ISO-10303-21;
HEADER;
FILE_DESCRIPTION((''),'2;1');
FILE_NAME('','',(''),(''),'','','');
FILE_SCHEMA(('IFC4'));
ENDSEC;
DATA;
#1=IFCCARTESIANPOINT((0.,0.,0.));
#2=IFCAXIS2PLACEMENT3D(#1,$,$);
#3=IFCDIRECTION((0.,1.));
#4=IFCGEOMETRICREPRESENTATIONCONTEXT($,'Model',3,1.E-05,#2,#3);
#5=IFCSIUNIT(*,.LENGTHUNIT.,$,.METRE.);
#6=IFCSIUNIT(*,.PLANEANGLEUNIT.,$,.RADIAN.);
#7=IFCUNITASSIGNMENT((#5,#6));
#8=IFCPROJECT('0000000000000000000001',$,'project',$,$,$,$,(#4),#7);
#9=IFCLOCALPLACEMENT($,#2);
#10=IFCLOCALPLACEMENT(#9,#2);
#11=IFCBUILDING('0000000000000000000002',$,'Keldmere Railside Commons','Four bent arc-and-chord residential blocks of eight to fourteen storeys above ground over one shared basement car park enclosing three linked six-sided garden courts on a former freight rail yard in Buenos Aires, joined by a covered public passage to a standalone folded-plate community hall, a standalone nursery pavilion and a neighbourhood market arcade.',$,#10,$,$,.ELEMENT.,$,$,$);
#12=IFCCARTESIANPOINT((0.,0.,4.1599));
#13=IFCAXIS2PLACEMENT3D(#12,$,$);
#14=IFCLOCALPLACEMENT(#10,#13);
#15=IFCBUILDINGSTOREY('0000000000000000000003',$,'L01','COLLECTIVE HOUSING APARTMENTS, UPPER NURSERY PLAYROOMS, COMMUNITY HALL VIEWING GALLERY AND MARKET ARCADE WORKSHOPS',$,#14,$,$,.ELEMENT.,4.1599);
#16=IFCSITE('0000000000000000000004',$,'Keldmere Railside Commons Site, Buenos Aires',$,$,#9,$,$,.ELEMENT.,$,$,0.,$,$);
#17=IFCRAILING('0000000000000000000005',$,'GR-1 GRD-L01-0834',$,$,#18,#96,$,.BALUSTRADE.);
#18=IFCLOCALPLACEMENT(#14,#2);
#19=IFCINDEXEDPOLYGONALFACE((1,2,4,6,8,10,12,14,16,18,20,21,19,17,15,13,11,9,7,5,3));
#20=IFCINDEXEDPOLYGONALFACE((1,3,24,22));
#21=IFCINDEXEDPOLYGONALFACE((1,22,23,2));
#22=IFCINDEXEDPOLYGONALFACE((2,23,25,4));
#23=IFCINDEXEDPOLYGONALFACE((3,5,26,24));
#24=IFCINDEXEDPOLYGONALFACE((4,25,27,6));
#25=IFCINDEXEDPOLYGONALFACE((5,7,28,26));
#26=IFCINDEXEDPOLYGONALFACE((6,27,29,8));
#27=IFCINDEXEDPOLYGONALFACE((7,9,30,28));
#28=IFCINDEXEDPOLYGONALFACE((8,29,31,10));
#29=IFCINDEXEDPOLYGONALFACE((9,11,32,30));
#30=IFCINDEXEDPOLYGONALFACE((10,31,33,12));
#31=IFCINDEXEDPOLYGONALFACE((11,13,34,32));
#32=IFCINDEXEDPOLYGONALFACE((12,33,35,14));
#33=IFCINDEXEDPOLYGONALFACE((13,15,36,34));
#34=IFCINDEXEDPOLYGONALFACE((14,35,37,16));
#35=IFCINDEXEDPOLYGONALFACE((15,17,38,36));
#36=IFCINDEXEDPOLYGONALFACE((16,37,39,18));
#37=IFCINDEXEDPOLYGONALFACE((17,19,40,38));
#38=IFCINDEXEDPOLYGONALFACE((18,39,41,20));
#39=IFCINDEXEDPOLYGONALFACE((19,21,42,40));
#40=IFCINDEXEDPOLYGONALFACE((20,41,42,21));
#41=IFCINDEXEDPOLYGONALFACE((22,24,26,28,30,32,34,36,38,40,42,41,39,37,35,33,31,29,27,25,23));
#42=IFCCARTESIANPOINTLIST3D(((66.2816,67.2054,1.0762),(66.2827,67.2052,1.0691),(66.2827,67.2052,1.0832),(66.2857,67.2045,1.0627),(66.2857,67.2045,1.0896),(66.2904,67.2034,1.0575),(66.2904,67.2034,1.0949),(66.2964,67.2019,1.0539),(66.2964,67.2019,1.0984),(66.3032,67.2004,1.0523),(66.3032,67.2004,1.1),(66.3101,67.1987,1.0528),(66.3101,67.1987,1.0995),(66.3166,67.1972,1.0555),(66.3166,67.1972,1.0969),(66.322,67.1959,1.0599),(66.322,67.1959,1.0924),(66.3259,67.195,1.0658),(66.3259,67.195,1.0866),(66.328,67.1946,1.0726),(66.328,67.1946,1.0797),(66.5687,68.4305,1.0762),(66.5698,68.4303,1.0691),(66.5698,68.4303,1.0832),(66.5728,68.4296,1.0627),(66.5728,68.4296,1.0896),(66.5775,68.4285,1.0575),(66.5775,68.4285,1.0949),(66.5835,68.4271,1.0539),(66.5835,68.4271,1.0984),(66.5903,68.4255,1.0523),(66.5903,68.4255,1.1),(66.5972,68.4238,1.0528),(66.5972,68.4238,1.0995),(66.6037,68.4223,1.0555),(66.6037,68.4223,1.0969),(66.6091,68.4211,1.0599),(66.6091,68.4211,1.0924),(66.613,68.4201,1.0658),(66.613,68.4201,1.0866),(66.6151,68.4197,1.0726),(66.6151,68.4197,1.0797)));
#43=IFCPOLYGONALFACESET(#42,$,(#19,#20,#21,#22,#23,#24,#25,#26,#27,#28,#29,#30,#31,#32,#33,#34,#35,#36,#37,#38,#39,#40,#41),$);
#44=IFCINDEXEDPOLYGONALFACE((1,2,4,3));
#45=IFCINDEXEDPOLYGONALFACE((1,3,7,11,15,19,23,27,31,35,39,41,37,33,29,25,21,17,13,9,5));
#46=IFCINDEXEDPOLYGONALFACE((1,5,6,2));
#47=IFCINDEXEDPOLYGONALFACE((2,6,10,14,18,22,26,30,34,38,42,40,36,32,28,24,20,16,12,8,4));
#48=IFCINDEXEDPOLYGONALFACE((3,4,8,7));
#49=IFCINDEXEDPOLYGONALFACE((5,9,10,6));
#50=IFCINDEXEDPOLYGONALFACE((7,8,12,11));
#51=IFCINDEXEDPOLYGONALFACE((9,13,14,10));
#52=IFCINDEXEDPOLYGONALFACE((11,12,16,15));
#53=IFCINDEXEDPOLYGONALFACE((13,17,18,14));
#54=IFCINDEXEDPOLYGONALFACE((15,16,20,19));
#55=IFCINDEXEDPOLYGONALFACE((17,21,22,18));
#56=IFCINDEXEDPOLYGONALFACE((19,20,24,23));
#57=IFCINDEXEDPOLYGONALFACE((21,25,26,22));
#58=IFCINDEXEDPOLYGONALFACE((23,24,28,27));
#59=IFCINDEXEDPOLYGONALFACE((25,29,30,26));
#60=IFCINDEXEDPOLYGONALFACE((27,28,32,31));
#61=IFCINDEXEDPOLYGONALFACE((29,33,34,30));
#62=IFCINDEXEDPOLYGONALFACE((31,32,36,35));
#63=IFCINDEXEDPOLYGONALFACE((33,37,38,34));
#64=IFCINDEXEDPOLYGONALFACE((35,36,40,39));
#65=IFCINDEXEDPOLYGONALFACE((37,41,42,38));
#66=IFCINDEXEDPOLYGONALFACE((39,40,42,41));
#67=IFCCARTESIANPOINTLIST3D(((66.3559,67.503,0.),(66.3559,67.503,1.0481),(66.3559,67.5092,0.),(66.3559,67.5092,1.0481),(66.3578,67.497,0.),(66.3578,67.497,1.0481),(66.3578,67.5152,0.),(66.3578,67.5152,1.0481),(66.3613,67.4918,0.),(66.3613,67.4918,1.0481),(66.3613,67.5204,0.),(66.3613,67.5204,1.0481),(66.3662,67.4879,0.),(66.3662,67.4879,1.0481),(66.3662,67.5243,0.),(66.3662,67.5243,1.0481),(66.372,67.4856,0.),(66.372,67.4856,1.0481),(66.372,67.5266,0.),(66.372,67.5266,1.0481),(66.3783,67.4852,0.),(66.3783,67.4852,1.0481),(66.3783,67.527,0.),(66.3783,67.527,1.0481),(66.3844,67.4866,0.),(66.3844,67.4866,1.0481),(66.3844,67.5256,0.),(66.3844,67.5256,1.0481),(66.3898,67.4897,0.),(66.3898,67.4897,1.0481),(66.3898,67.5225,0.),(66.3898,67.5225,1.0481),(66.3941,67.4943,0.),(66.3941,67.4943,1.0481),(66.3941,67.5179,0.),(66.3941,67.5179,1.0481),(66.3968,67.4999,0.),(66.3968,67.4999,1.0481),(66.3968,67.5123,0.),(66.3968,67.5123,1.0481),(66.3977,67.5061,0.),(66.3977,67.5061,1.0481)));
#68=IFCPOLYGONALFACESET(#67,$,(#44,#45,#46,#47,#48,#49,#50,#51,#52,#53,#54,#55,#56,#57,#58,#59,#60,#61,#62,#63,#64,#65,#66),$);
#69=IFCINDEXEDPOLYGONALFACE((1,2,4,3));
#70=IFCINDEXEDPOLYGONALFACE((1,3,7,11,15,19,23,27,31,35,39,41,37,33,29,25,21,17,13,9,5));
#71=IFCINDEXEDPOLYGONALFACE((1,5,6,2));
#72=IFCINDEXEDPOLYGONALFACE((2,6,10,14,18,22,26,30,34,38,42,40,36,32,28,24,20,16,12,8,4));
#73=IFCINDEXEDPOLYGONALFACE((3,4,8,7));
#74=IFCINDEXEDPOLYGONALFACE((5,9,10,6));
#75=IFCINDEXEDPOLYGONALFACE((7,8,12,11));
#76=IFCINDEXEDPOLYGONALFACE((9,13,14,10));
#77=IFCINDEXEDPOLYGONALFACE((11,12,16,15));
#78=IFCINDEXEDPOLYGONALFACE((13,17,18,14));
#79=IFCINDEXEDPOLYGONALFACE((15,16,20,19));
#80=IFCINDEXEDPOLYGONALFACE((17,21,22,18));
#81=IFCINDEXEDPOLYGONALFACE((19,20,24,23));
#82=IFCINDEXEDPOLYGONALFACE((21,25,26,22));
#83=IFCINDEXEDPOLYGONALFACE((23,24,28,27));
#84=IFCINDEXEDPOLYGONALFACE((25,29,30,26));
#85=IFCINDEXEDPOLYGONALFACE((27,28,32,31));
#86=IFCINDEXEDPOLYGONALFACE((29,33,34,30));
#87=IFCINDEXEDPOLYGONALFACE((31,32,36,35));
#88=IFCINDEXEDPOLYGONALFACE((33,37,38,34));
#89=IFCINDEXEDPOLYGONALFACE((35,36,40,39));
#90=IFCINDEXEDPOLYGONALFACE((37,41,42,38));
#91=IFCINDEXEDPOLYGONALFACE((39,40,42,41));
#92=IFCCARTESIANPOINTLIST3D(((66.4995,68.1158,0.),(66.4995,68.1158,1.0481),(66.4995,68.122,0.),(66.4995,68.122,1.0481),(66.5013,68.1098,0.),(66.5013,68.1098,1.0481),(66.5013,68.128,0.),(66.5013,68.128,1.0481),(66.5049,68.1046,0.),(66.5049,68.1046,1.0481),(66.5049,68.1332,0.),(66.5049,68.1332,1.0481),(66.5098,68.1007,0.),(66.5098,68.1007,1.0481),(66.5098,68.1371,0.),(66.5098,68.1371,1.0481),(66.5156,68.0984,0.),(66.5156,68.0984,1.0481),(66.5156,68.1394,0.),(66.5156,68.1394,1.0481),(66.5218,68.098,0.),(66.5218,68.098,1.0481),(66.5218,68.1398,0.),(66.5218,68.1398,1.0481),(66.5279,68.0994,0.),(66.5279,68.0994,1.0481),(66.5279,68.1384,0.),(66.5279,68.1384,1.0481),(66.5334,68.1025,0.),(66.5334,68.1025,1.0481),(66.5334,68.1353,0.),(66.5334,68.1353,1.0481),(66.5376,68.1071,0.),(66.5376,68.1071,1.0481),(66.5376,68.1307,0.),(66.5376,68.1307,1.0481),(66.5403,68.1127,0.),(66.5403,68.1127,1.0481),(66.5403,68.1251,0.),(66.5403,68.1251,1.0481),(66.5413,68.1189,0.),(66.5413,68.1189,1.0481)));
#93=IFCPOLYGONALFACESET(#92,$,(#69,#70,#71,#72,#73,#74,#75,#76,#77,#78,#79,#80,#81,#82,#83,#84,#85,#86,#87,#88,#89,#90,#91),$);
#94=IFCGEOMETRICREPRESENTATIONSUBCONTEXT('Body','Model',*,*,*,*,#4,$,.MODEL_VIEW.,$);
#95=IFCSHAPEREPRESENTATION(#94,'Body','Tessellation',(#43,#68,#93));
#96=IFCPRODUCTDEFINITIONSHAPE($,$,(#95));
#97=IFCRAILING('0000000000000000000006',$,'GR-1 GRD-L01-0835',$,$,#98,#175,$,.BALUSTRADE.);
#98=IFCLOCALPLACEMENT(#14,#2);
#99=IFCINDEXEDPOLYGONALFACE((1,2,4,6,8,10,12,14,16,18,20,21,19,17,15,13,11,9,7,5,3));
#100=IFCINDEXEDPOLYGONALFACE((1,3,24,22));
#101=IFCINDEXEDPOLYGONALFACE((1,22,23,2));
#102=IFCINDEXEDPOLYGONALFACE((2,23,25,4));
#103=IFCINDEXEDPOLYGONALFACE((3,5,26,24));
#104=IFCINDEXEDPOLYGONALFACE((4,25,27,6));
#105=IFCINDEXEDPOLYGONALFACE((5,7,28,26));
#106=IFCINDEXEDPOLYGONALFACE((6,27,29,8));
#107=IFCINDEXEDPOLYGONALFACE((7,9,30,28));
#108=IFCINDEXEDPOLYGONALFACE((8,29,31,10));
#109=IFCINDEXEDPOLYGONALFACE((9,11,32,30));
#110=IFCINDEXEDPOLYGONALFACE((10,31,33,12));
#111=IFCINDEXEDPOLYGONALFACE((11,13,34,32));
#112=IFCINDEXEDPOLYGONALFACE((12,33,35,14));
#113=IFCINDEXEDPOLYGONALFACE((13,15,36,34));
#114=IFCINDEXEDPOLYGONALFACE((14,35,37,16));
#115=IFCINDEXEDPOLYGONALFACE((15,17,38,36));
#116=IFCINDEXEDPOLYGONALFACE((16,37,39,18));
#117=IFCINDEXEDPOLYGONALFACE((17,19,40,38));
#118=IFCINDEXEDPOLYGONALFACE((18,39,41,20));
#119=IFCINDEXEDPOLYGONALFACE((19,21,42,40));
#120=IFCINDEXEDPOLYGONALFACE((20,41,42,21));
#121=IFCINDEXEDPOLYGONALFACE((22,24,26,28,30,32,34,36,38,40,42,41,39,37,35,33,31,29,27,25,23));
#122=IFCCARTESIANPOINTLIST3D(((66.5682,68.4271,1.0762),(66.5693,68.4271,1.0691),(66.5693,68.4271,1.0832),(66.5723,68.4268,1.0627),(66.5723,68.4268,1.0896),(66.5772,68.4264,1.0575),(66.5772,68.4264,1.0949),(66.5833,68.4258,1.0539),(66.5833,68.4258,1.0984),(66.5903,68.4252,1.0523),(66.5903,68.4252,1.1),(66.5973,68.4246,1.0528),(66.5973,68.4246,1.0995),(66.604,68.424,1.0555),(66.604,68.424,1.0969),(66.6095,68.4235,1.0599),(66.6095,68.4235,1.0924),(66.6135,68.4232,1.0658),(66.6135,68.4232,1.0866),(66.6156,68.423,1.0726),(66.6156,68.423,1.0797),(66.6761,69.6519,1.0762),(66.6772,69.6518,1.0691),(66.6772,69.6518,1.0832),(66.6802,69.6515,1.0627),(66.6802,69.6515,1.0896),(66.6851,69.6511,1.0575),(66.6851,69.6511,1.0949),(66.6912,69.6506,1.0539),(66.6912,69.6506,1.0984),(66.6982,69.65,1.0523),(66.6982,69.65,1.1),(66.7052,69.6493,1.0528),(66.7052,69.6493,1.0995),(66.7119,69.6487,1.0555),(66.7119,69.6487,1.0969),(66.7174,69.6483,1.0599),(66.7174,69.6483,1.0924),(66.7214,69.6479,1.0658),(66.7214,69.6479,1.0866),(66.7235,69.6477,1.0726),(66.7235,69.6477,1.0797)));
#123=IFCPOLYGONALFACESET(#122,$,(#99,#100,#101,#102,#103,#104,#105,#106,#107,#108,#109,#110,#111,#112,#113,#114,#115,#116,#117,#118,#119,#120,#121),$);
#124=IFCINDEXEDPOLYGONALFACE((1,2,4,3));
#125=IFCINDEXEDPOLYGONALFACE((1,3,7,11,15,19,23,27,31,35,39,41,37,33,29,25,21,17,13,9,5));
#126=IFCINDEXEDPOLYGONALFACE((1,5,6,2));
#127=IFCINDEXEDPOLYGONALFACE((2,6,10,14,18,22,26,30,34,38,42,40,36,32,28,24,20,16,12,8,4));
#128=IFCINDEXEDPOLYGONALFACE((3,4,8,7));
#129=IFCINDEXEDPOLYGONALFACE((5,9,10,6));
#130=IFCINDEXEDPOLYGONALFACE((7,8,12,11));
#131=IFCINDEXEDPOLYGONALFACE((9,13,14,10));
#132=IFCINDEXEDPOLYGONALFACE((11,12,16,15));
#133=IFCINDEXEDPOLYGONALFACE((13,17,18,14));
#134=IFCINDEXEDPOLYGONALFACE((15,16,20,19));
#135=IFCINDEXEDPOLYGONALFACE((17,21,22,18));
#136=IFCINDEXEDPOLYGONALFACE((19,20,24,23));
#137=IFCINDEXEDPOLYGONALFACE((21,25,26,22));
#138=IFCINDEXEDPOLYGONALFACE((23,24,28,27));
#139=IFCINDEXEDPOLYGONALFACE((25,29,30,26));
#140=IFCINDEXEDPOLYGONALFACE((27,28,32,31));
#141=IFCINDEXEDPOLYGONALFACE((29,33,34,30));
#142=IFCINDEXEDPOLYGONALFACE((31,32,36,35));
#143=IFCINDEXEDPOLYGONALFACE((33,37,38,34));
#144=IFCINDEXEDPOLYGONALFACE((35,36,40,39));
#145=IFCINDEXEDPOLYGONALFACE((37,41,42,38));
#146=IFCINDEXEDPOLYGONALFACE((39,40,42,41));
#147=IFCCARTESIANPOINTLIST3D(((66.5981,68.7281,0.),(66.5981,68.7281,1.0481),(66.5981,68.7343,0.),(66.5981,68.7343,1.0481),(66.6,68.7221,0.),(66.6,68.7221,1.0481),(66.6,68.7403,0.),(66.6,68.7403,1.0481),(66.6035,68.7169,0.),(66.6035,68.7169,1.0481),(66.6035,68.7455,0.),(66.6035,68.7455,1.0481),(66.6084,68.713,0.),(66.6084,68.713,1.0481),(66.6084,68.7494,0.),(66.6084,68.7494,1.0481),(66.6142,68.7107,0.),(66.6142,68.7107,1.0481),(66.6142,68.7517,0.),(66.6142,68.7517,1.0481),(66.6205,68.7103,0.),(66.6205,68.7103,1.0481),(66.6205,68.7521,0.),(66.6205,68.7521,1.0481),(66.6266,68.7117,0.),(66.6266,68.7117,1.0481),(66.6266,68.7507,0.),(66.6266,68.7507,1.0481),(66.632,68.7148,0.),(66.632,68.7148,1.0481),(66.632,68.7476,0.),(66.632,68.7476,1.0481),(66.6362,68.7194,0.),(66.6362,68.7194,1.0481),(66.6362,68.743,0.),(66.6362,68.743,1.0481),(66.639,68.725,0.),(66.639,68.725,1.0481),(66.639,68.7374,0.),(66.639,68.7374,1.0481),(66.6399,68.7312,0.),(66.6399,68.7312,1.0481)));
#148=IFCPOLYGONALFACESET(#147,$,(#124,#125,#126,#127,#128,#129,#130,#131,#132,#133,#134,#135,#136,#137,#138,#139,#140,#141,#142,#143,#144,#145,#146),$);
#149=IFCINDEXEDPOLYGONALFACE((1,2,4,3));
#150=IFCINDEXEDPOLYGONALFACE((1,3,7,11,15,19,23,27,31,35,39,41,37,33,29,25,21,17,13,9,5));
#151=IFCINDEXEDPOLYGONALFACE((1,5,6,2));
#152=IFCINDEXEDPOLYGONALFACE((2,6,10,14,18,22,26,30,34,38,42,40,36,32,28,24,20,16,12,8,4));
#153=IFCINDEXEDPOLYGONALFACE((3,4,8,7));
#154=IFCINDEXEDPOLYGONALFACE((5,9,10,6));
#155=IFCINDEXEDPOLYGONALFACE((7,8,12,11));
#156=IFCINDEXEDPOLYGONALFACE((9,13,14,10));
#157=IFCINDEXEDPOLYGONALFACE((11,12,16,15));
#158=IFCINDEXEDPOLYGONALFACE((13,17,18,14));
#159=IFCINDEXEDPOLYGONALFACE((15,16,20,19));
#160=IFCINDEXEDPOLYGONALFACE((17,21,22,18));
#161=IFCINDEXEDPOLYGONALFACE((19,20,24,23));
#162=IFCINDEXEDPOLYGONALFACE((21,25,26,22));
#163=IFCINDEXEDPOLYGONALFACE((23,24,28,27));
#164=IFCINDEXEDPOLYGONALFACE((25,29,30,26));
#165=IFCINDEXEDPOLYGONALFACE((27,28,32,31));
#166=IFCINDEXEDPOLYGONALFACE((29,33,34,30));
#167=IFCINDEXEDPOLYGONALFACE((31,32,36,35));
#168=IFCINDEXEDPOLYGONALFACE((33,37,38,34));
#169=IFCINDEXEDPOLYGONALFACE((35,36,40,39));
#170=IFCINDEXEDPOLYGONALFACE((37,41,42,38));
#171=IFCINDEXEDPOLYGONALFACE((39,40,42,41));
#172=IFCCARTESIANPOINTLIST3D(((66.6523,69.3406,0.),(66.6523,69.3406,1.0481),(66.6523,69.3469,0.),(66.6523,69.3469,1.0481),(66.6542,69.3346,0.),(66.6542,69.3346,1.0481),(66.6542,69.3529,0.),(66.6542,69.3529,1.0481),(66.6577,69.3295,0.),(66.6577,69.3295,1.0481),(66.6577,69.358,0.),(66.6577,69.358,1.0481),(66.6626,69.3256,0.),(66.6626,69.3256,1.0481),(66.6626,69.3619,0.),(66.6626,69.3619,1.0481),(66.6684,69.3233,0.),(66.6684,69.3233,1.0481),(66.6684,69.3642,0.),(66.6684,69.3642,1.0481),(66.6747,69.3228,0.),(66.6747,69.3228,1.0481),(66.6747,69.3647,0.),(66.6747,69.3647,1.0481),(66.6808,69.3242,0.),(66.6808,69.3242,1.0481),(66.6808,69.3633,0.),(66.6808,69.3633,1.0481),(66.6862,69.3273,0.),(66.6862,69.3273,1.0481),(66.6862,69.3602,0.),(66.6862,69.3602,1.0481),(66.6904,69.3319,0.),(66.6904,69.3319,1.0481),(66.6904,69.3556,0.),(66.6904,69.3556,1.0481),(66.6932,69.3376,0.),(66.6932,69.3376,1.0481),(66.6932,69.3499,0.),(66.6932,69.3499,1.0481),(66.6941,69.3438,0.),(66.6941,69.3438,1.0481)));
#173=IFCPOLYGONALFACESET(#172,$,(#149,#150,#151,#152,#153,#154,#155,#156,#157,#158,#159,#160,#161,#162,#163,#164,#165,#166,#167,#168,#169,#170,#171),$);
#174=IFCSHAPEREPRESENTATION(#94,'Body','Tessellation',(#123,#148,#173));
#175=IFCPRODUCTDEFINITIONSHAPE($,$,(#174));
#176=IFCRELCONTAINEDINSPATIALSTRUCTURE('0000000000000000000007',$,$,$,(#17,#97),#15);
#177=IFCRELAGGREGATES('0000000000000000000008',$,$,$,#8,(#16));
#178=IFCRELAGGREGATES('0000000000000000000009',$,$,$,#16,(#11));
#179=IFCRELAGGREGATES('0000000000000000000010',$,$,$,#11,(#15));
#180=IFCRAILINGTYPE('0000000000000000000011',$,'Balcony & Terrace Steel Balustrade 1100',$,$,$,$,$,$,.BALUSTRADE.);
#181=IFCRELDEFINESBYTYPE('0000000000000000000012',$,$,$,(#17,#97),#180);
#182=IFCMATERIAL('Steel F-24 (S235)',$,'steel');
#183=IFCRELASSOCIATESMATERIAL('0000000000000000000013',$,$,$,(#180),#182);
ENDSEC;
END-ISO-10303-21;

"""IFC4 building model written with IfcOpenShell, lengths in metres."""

from ifc_helpers import new_model, si_unit, direction, frame, origin, origin_2d, place, context, subcontext, project, spatial, circle, extrude, material, type_object, element, save


model = new_model("IFC4")

# Units and contexts
model_context = context("Model", 3, precision=1e-05, world=origin(), true_north=direction((0.0, 1.0)))
body_context = subcontext(model_context, "Body", "Model", "MODEL_VIEW")
ifc_project = project(units=[si_unit("LENGTHUNIT", "METRE"), si_unit("PLANEANGLEUNIT", "RADIAN")], contexts=[model_context])

# Site, building, storey
site_placement = place(None, origin())
site = spatial("IfcSite", under=ifc_project, at=site_placement, Name="Keldmere Railside Commons Site, Buenos Aires", CompositionType="ELEMENT", RefElevation=0.0)
building_placement = place(site_placement, origin())
building = spatial("IfcBuilding", under=site, at=building_placement, Name="Keldmere Railside Commons", Description="Four bent arc-and-chord residential blocks of eight to fourteen storeys above ground over one shared basement car park enclosing three linked six-sided garden courts on a former freight rail yard in Buenos Aires, joined by a covered public passage to a standalone folded-plate community hall, a standalone nursery pavilion and a neighbourhood market arcade.", CompositionType="ELEMENT")
storey_placement = place(building_placement, frame((0.0, 0.0, 4.1599)))
storey = spatial("IfcBuildingStorey", under=building, at=storey_placement, Name="L01", Description="COLLECTIVE HOUSING APARTMENTS, UPPER NURSERY PLAYROOMS, COMMUNITY HALL VIEWING GALLERY AND MARKET ARCADE WORKSHOPS", CompositionType="ELEMENT", Elevation=4.1599)

# Railings
ifc_material_1 = material(Name="Steel F-24 (S235)", Category="steel")
railing_type = type_object("IfcRailingType", Name="Balcony & Terrace Steel Balustrade 1100", PredefinedType="BALUSTRADE", material=ifc_material_1)
railing_1_placement = place(storey_placement, frame((66.3049, 67.2, 0.0)))
element("IfcRailing", 1, at=railing_1_placement, inside=storey, type_object=railing_type, Name="GR-1 GRD-L01-0834", PredefinedType="BALUSTRADE", context=body_context, shape_type="SweptSolid", body=[
    extrude(circle(Radius=0.0239, at=origin_2d()), frame((0.0, 0.0, 1.0762), z_axis=(0.228174, 0.97362, 0.0), x_axis=(-0.97362, 0.228174, 0.0)), (0.0, 0.0, 1.0), 1.2583),
    extrude(circle(Radius=0.021, at=origin_2d()), frame((0.0718, 0.3062, 0.0)), (0.0, 0.0, 1.0), 1.0481),
    extrude(circle(Radius=0.021, at=origin_2d()), frame((0.2153, 0.9189, 0.0)), (0.0, 0.0, 1.0), 1.0481),
])
railing_2_placement = place(storey_placement, frame((66.592, 68.425, 0.0)))
element("IfcRailing", 2, at=railing_2_placement, inside=storey, type_object=railing_type, Name="GR-1 GRD-L01-0835", PredefinedType="BALUSTRADE", context=body_context, shape_type="SweptSolid", body=[
    extrude(circle(Radius=0.0239, at=origin_2d()), frame((0.0, 0.0, 1.0762), z_axis=(0.087761, 0.996142, 0.0), x_axis=(-0.996142, 0.087761, 0.0)), (0.0, 0.0, 1.0), 1.2295),
    extrude(circle(Radius=0.021, at=origin_2d()), frame((0.0269, 0.3062, 0.0)), (0.0, 0.0, 1.0), 1.0481),
    extrude(circle(Radius=0.021, at=origin_2d()), frame((0.0811, 0.9187, 0.0)), (0.0, 0.0, 1.0), 1.0481),
])

save(model, "model.ifc")
